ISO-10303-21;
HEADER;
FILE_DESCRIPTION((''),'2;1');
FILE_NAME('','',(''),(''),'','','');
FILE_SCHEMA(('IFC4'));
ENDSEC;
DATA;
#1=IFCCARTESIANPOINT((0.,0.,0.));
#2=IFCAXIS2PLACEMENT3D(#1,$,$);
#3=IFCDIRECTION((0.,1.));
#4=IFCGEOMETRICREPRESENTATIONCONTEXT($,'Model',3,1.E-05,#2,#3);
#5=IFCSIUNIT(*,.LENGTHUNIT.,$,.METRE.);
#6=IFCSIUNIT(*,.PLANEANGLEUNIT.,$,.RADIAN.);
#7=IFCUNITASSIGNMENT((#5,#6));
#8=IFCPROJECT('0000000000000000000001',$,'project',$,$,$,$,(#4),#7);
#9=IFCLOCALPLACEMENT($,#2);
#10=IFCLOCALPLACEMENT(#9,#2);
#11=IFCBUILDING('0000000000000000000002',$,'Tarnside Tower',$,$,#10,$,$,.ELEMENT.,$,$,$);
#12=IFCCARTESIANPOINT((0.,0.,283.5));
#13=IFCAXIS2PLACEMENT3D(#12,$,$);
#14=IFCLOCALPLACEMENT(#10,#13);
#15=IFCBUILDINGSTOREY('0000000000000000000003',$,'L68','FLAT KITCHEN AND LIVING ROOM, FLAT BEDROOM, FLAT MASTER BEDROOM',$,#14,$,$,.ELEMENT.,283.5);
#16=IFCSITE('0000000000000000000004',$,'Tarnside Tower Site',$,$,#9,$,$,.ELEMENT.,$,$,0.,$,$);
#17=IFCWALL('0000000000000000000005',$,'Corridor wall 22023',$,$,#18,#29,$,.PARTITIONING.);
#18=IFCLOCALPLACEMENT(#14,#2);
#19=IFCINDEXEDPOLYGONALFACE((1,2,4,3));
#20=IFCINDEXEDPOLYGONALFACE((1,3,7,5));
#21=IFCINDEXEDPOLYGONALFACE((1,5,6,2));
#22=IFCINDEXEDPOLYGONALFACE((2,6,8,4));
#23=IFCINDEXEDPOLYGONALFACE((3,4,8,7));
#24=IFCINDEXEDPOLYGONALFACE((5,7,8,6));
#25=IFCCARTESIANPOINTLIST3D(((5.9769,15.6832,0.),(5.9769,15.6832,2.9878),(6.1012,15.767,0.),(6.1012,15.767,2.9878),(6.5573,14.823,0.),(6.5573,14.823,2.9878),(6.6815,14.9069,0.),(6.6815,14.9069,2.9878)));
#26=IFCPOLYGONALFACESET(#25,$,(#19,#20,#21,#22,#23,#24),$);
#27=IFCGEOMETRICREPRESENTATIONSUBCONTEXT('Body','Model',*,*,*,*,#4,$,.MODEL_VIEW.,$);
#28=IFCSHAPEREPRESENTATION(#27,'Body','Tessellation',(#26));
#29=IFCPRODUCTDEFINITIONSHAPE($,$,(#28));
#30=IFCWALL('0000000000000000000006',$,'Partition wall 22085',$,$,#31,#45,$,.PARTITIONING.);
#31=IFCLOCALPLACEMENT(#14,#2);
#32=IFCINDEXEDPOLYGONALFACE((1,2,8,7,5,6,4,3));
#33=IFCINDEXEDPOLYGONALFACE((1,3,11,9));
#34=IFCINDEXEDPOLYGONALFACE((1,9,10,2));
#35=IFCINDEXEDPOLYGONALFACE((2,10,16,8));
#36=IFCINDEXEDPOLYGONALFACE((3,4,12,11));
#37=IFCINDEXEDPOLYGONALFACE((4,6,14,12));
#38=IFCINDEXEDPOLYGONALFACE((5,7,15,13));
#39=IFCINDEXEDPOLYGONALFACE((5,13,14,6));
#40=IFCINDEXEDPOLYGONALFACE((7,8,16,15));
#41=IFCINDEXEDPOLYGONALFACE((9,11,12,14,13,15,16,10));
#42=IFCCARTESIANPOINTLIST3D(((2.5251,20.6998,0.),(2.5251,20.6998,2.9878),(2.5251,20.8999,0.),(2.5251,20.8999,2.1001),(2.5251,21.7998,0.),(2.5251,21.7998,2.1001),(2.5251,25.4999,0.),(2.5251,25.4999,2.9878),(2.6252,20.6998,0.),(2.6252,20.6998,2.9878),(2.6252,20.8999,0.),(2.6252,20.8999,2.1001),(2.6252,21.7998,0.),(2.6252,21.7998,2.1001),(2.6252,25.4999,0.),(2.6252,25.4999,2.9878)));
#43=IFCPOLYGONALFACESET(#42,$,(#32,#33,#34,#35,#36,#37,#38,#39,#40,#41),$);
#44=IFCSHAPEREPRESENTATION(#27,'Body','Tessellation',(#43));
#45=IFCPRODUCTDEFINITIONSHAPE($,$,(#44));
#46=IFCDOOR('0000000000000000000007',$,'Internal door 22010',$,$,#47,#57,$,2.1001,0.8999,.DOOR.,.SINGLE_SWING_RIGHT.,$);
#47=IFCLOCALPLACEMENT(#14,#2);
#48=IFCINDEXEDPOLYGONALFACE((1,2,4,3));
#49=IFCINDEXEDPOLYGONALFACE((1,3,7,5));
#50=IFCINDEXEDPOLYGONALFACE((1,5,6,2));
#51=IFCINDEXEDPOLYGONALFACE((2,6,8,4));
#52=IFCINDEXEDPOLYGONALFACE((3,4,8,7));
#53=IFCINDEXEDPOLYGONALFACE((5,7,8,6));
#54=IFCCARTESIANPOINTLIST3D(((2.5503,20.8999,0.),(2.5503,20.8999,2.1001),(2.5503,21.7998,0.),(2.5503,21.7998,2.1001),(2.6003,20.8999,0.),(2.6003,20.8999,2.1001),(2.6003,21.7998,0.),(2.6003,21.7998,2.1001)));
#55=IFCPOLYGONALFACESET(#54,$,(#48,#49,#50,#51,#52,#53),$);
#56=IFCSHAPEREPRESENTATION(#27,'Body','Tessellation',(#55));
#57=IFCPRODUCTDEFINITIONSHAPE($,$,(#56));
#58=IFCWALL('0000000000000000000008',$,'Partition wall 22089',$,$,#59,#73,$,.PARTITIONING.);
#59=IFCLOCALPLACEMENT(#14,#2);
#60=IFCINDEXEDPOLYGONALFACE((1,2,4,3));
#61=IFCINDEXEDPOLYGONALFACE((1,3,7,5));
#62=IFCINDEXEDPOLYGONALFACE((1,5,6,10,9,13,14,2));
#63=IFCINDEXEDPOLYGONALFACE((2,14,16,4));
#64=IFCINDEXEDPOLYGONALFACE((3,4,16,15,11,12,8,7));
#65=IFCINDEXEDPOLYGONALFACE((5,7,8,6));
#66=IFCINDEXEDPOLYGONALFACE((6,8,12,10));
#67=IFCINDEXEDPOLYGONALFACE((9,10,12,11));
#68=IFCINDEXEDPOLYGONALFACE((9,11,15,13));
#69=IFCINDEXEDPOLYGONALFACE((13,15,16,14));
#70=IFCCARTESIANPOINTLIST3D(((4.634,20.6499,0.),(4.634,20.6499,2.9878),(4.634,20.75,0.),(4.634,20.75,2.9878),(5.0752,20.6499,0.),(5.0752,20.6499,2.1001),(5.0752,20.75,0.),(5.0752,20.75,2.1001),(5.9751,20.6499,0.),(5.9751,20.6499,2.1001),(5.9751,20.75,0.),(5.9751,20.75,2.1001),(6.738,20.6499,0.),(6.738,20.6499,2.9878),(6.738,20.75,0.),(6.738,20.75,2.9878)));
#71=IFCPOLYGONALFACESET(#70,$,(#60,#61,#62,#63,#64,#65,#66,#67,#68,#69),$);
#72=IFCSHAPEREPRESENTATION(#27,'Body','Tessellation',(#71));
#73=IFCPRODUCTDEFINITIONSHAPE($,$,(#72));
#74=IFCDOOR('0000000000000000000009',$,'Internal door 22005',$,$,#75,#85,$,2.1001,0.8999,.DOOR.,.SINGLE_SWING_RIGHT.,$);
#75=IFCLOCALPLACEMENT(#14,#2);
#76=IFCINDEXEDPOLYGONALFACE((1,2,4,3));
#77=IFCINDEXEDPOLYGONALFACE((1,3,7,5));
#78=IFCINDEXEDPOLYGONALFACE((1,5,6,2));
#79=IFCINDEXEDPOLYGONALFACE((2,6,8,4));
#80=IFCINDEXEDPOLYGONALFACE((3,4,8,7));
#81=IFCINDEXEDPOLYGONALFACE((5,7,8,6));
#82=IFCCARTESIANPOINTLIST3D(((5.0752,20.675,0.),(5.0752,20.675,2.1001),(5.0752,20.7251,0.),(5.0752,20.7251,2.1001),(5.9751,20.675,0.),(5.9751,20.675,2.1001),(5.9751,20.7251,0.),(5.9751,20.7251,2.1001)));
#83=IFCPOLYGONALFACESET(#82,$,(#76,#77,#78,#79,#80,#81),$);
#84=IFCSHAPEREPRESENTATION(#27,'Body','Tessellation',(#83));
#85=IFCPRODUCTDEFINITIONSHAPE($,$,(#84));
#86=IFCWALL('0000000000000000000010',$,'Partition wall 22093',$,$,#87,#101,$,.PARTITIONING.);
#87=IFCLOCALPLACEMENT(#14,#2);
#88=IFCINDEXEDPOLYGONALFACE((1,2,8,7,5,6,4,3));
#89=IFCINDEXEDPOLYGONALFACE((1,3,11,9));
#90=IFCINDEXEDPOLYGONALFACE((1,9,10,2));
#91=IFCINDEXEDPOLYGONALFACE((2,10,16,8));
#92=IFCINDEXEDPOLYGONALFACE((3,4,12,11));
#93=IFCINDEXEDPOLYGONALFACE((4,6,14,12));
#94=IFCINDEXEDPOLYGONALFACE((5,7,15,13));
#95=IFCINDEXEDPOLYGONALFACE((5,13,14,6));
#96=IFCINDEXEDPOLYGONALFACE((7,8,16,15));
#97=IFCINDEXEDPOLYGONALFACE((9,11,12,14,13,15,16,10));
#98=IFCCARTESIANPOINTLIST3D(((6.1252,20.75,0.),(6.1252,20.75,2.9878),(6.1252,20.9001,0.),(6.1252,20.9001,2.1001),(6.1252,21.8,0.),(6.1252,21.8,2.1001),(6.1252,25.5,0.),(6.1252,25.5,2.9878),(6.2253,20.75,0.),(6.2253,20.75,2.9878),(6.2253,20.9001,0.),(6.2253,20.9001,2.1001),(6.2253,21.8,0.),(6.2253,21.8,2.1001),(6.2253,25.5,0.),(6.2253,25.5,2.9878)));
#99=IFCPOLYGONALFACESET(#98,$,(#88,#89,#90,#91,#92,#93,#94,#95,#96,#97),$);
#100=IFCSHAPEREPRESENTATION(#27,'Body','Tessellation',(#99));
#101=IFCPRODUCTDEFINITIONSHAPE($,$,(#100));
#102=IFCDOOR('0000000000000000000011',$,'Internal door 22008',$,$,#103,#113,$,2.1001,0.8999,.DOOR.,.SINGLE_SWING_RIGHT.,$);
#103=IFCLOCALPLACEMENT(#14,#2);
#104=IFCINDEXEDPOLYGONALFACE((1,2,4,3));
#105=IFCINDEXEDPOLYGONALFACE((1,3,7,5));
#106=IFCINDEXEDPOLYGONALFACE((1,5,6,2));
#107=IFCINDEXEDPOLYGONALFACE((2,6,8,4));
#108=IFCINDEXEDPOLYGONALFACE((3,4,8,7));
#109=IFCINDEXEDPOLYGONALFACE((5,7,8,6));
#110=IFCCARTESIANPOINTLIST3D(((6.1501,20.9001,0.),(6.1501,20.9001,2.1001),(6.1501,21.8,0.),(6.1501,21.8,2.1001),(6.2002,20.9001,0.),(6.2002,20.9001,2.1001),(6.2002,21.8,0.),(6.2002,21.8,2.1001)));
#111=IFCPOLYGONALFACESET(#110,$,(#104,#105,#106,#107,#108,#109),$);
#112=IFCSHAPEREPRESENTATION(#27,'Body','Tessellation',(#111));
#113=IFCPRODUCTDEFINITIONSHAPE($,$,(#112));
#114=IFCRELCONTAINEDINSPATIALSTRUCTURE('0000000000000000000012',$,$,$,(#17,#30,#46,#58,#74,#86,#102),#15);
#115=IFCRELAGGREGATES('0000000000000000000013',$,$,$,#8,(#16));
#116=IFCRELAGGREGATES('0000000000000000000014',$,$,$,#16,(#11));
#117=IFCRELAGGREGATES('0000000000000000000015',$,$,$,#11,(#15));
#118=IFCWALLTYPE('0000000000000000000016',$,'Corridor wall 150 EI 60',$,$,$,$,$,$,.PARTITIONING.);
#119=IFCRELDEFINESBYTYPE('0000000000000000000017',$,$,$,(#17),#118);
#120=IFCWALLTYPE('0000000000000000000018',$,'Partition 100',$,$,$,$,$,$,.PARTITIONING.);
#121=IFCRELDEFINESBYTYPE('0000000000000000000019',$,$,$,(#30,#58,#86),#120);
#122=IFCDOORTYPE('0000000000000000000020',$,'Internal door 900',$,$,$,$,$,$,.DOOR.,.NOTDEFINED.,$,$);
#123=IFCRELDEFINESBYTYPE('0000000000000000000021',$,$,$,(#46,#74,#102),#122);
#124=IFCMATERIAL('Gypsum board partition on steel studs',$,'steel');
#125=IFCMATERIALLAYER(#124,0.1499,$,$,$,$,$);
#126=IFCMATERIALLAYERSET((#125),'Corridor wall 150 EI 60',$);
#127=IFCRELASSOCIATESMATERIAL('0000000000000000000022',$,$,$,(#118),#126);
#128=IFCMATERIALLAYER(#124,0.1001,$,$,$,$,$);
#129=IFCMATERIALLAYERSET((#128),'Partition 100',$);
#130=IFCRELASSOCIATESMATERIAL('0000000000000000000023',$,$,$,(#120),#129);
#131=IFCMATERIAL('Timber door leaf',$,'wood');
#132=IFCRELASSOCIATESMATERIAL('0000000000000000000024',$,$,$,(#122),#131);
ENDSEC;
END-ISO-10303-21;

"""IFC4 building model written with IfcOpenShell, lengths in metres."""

from ifc_helpers import new_model, si_unit, direction, frame, frame_2d, origin, place, context, subcontext, project, spatial, rectangle, extrude, material, layer, layer_set, type_object, element, fill, save


model = new_model("IFC4")

# Units and contexts
model_context = context("Model", 3, precision=1e-05, world=origin(), true_north=direction((0.0, 1.0)))
body_context = subcontext(model_context, "Body", "Model", "MODEL_VIEW")
ifc_project = project(units=[si_unit("LENGTHUNIT", "METRE"), si_unit("PLANEANGLEUNIT", "RADIAN")], contexts=[model_context])

# Site, building, storey
site_placement = place(None, origin())
site = spatial("IfcSite", under=ifc_project, at=site_placement, Name="Tarnside Tower Site", CompositionType="ELEMENT", RefElevation=0.0)
building_placement = place(site_placement, origin())
building = spatial("IfcBuilding", under=site, at=building_placement, Name="Tarnside Tower", CompositionType="ELEMENT")
storey_placement = place(building_placement, frame((0.0, 0.0, 283.5)))
storey = spatial("IfcBuildingStorey", under=building, at=storey_placement, Name="L68", Description="FLAT KITCHEN AND LIVING ROOM, FLAT BEDROOM, FLAT MASTER BEDROOM", CompositionType="ELEMENT", Elevation=283.5)

# Shared definitions
ifc_material_1 = material(Name="Gypsum board partition on steel studs", Category="steel")

# Shared definitions
ifc_material_2 = material(Name="Timber door leaf", Category="wood")

# Shared definitions
ifc_layer_1 = layer(ifc_material_1, 0.1499)
ifc_layer_set_1 = layer_set([ifc_layer_1], Name="Corridor wall 150 EI 60")
wall_type_1 = type_object("IfcWallType", Name="Corridor wall 150 EI 60", PredefinedType="PARTITIONING", material=ifc_layer_set_1)

# Wall
wall_1_placement = place(storey_placement, frame((6.0391, 15.7251, 0.0), z_axis=(0.0, 0.0, 1.0), x_axis=(0.559307, -0.82896, 0.0)))
element("IfcWall", 1, at=wall_1_placement, inside=storey, type_object=wall_type_1, Name="Corridor wall 22023", PredefinedType="PARTITIONING", context=body_context, shape_type="SweptSolid", body=[
    extrude(rectangle(XDim=1.0376, YDim=0.1499, at=frame_2d((0.5188, 0.0))), origin(), (0.0, 0.0, 1.0), 2.9878),
])

# Walls, openings, doors
ifc_layer_2 = layer(ifc_material_1, 0.1001)
ifc_layer_set_2 = layer_set([ifc_layer_2], Name="Partition 100")
wall_type_2 = type_object("IfcWallType", Name="Partition 100", PredefinedType="PARTITIONING", material=ifc_layer_set_2)
wall_2_placement = place(storey_placement, frame((2.5752, 20.7, 0.0), z_axis=(0.0, 0.0, 1.0), x_axis=(0.0, 1.0, 0.0)))
wall_2 = element("IfcWall", 2, at=wall_2_placement, inside=storey, type_object=wall_type_2, Name="Partition wall 22085", PredefinedType="PARTITIONING", context=body_context, shape_type="SweptSolid", body=[
    extrude(rectangle(XDim=4.8, YDim=0.1001, at=frame_2d((2.3999, 0.0))), origin(), (0.0, 0.0, 1.0), 2.9878),
])
opening_1_placement = place(wall_2_placement, frame((0.2, 0.0, 0.0)))
opening_1 = element("IfcOpeningElement", 3, at=opening_1_placement, cuts=wall_2, PredefinedType="OPENING", context=body_context, shape_type="SweptSolid", body=[
    extrude(rectangle(XDim=0.8999, YDim=2.1001, at=frame_2d((0.45, 1.05))), frame((0.0, 0.0601, 0.0), z_axis=(0.0, -1.0, 0.0), x_axis=(1.0, 0.0, 0.0)), (0.0, 0.0, 1.0), 0.1201),
])
door_type_1 = type_object("IfcDoorType", Name="Internal door 900", OperationType="NOTDEFINED", PredefinedType="DOOR", material=ifc_material_2)
door_1_placement = place(opening_1_placement, origin())
door_1 = element("IfcDoor", 4, at=door_1_placement, inside=storey, type_object=door_type_1, Name="Internal door 22010", OperationType="SINGLE_SWING_RIGHT", OverallHeight=2.1001, OverallWidth=0.8999, PredefinedType="DOOR", context=body_context, shape_type="SweptSolid", body=[
    extrude(rectangle(XDim=0.8999, YDim=2.1001, at=frame_2d((0.45, 1.05))), frame((0.0, 0.0249, 0.0), z_axis=(0.0, -1.0, 0.0), x_axis=(1.0, 0.0, 0.0)), (0.0, 0.0, 1.0), 0.05),
])
fill(opening_1, door_1)
wall_3_placement = place(storey_placement, frame((6.738, 20.7, 0.0), z_axis=(0.0, 0.0, 1.0), x_axis=(-1.0, 0.0, 0.0)))
wall_3 = element("IfcWall", 5, at=wall_3_placement, inside=storey, type_object=wall_type_2, Name="Partition wall 22089", PredefinedType="PARTITIONING", context=body_context, shape_type="SweptSolid", body=[
    extrude(rectangle(XDim=2.104, YDim=0.1001, at=frame_2d((1.052, 0.0))), origin(), (0.0, 0.0, 1.0), 2.9878),
])
opening_2_placement = place(wall_3_placement, frame((0.7629, 0.0, 0.0)))
opening_2 = element("IfcOpeningElement", 6, at=opening_2_placement, cuts=wall_3, PredefinedType="OPENING", context=body_context, shape_type="SweptSolid", body=[
    extrude(rectangle(XDim=0.8999, YDim=2.1001, at=frame_2d((0.45, 1.05))), frame((0.0, 0.0601, 0.0), z_axis=(0.0, -1.0, 0.0), x_axis=(1.0, 0.0, 0.0)), (0.0, 0.0, 1.0), 0.1201),
])
door_2_placement = place(opening_2_placement, origin())
door_2 = element("IfcDoor", 7, at=door_2_placement, inside=storey, type_object=door_type_1, Name="Internal door 22005", OperationType="SINGLE_SWING_RIGHT", OverallHeight=2.1001, OverallWidth=0.8999, PredefinedType="DOOR", context=body_context, shape_type="SweptSolid", body=[
    extrude(rectangle(XDim=0.8999, YDim=2.1001, at=frame_2d((0.45, 1.05))), frame((0.0, 0.0249, 0.0), z_axis=(0.0, -1.0, 0.0), x_axis=(1.0, 0.0, 0.0)), (0.0, 0.0, 1.0), 0.05),
])
fill(opening_2, door_2)
wall_4_placement = place(storey_placement, frame((6.1753, 25.5, 0.0), z_axis=(0.0, 0.0, 1.0), x_axis=(0.0, -1.0, 0.0)))
wall_4 = element("IfcWall", 8, at=wall_4_placement, inside=storey, type_object=wall_type_2, Name="Partition wall 22093", PredefinedType="PARTITIONING", context=body_context, shape_type="SweptSolid", body=[
    extrude(rectangle(XDim=4.75, YDim=0.1001, at=frame_2d((2.375, 0.0))), origin(), (0.0, 0.0, 1.0), 2.9878),
])
opening_3_placement = place(wall_4_placement, frame((3.7, 0.0, 0.0)))
opening_3 = element("IfcOpeningElement", 9, at=opening_3_placement, cuts=wall_4, PredefinedType="OPENING", context=body_context, shape_type="SweptSolid", body=[
    extrude(rectangle(XDim=0.8999, YDim=2.1001, at=frame_2d((0.45, 1.05))), frame((0.0, 0.0601, 0.0), z_axis=(0.0, -1.0, 0.0), x_axis=(1.0, 0.0, 0.0)), (0.0, 0.0, 1.0), 0.1201),
])
door_3_placement = place(opening_3_placement, origin())
door_3 = element("IfcDoor", 10, at=door_3_placement, inside=storey, type_object=door_type_1, Name="Internal door 22008", OperationType="SINGLE_SWING_RIGHT", OverallHeight=2.1001, OverallWidth=0.8999, PredefinedType="DOOR", context=body_context, shape_type="SweptSolid", body=[
    extrude(rectangle(XDim=0.8999, YDim=2.1001, at=frame_2d((0.45, 1.05))), frame((0.0, 0.0249, 0.0), z_axis=(0.0, -1.0, 0.0), x_axis=(1.0, 0.0, 0.0)), (0.0, 0.0, 1.0), 0.05),
])
fill(opening_3, door_3)

save(model, "model.ifc")
